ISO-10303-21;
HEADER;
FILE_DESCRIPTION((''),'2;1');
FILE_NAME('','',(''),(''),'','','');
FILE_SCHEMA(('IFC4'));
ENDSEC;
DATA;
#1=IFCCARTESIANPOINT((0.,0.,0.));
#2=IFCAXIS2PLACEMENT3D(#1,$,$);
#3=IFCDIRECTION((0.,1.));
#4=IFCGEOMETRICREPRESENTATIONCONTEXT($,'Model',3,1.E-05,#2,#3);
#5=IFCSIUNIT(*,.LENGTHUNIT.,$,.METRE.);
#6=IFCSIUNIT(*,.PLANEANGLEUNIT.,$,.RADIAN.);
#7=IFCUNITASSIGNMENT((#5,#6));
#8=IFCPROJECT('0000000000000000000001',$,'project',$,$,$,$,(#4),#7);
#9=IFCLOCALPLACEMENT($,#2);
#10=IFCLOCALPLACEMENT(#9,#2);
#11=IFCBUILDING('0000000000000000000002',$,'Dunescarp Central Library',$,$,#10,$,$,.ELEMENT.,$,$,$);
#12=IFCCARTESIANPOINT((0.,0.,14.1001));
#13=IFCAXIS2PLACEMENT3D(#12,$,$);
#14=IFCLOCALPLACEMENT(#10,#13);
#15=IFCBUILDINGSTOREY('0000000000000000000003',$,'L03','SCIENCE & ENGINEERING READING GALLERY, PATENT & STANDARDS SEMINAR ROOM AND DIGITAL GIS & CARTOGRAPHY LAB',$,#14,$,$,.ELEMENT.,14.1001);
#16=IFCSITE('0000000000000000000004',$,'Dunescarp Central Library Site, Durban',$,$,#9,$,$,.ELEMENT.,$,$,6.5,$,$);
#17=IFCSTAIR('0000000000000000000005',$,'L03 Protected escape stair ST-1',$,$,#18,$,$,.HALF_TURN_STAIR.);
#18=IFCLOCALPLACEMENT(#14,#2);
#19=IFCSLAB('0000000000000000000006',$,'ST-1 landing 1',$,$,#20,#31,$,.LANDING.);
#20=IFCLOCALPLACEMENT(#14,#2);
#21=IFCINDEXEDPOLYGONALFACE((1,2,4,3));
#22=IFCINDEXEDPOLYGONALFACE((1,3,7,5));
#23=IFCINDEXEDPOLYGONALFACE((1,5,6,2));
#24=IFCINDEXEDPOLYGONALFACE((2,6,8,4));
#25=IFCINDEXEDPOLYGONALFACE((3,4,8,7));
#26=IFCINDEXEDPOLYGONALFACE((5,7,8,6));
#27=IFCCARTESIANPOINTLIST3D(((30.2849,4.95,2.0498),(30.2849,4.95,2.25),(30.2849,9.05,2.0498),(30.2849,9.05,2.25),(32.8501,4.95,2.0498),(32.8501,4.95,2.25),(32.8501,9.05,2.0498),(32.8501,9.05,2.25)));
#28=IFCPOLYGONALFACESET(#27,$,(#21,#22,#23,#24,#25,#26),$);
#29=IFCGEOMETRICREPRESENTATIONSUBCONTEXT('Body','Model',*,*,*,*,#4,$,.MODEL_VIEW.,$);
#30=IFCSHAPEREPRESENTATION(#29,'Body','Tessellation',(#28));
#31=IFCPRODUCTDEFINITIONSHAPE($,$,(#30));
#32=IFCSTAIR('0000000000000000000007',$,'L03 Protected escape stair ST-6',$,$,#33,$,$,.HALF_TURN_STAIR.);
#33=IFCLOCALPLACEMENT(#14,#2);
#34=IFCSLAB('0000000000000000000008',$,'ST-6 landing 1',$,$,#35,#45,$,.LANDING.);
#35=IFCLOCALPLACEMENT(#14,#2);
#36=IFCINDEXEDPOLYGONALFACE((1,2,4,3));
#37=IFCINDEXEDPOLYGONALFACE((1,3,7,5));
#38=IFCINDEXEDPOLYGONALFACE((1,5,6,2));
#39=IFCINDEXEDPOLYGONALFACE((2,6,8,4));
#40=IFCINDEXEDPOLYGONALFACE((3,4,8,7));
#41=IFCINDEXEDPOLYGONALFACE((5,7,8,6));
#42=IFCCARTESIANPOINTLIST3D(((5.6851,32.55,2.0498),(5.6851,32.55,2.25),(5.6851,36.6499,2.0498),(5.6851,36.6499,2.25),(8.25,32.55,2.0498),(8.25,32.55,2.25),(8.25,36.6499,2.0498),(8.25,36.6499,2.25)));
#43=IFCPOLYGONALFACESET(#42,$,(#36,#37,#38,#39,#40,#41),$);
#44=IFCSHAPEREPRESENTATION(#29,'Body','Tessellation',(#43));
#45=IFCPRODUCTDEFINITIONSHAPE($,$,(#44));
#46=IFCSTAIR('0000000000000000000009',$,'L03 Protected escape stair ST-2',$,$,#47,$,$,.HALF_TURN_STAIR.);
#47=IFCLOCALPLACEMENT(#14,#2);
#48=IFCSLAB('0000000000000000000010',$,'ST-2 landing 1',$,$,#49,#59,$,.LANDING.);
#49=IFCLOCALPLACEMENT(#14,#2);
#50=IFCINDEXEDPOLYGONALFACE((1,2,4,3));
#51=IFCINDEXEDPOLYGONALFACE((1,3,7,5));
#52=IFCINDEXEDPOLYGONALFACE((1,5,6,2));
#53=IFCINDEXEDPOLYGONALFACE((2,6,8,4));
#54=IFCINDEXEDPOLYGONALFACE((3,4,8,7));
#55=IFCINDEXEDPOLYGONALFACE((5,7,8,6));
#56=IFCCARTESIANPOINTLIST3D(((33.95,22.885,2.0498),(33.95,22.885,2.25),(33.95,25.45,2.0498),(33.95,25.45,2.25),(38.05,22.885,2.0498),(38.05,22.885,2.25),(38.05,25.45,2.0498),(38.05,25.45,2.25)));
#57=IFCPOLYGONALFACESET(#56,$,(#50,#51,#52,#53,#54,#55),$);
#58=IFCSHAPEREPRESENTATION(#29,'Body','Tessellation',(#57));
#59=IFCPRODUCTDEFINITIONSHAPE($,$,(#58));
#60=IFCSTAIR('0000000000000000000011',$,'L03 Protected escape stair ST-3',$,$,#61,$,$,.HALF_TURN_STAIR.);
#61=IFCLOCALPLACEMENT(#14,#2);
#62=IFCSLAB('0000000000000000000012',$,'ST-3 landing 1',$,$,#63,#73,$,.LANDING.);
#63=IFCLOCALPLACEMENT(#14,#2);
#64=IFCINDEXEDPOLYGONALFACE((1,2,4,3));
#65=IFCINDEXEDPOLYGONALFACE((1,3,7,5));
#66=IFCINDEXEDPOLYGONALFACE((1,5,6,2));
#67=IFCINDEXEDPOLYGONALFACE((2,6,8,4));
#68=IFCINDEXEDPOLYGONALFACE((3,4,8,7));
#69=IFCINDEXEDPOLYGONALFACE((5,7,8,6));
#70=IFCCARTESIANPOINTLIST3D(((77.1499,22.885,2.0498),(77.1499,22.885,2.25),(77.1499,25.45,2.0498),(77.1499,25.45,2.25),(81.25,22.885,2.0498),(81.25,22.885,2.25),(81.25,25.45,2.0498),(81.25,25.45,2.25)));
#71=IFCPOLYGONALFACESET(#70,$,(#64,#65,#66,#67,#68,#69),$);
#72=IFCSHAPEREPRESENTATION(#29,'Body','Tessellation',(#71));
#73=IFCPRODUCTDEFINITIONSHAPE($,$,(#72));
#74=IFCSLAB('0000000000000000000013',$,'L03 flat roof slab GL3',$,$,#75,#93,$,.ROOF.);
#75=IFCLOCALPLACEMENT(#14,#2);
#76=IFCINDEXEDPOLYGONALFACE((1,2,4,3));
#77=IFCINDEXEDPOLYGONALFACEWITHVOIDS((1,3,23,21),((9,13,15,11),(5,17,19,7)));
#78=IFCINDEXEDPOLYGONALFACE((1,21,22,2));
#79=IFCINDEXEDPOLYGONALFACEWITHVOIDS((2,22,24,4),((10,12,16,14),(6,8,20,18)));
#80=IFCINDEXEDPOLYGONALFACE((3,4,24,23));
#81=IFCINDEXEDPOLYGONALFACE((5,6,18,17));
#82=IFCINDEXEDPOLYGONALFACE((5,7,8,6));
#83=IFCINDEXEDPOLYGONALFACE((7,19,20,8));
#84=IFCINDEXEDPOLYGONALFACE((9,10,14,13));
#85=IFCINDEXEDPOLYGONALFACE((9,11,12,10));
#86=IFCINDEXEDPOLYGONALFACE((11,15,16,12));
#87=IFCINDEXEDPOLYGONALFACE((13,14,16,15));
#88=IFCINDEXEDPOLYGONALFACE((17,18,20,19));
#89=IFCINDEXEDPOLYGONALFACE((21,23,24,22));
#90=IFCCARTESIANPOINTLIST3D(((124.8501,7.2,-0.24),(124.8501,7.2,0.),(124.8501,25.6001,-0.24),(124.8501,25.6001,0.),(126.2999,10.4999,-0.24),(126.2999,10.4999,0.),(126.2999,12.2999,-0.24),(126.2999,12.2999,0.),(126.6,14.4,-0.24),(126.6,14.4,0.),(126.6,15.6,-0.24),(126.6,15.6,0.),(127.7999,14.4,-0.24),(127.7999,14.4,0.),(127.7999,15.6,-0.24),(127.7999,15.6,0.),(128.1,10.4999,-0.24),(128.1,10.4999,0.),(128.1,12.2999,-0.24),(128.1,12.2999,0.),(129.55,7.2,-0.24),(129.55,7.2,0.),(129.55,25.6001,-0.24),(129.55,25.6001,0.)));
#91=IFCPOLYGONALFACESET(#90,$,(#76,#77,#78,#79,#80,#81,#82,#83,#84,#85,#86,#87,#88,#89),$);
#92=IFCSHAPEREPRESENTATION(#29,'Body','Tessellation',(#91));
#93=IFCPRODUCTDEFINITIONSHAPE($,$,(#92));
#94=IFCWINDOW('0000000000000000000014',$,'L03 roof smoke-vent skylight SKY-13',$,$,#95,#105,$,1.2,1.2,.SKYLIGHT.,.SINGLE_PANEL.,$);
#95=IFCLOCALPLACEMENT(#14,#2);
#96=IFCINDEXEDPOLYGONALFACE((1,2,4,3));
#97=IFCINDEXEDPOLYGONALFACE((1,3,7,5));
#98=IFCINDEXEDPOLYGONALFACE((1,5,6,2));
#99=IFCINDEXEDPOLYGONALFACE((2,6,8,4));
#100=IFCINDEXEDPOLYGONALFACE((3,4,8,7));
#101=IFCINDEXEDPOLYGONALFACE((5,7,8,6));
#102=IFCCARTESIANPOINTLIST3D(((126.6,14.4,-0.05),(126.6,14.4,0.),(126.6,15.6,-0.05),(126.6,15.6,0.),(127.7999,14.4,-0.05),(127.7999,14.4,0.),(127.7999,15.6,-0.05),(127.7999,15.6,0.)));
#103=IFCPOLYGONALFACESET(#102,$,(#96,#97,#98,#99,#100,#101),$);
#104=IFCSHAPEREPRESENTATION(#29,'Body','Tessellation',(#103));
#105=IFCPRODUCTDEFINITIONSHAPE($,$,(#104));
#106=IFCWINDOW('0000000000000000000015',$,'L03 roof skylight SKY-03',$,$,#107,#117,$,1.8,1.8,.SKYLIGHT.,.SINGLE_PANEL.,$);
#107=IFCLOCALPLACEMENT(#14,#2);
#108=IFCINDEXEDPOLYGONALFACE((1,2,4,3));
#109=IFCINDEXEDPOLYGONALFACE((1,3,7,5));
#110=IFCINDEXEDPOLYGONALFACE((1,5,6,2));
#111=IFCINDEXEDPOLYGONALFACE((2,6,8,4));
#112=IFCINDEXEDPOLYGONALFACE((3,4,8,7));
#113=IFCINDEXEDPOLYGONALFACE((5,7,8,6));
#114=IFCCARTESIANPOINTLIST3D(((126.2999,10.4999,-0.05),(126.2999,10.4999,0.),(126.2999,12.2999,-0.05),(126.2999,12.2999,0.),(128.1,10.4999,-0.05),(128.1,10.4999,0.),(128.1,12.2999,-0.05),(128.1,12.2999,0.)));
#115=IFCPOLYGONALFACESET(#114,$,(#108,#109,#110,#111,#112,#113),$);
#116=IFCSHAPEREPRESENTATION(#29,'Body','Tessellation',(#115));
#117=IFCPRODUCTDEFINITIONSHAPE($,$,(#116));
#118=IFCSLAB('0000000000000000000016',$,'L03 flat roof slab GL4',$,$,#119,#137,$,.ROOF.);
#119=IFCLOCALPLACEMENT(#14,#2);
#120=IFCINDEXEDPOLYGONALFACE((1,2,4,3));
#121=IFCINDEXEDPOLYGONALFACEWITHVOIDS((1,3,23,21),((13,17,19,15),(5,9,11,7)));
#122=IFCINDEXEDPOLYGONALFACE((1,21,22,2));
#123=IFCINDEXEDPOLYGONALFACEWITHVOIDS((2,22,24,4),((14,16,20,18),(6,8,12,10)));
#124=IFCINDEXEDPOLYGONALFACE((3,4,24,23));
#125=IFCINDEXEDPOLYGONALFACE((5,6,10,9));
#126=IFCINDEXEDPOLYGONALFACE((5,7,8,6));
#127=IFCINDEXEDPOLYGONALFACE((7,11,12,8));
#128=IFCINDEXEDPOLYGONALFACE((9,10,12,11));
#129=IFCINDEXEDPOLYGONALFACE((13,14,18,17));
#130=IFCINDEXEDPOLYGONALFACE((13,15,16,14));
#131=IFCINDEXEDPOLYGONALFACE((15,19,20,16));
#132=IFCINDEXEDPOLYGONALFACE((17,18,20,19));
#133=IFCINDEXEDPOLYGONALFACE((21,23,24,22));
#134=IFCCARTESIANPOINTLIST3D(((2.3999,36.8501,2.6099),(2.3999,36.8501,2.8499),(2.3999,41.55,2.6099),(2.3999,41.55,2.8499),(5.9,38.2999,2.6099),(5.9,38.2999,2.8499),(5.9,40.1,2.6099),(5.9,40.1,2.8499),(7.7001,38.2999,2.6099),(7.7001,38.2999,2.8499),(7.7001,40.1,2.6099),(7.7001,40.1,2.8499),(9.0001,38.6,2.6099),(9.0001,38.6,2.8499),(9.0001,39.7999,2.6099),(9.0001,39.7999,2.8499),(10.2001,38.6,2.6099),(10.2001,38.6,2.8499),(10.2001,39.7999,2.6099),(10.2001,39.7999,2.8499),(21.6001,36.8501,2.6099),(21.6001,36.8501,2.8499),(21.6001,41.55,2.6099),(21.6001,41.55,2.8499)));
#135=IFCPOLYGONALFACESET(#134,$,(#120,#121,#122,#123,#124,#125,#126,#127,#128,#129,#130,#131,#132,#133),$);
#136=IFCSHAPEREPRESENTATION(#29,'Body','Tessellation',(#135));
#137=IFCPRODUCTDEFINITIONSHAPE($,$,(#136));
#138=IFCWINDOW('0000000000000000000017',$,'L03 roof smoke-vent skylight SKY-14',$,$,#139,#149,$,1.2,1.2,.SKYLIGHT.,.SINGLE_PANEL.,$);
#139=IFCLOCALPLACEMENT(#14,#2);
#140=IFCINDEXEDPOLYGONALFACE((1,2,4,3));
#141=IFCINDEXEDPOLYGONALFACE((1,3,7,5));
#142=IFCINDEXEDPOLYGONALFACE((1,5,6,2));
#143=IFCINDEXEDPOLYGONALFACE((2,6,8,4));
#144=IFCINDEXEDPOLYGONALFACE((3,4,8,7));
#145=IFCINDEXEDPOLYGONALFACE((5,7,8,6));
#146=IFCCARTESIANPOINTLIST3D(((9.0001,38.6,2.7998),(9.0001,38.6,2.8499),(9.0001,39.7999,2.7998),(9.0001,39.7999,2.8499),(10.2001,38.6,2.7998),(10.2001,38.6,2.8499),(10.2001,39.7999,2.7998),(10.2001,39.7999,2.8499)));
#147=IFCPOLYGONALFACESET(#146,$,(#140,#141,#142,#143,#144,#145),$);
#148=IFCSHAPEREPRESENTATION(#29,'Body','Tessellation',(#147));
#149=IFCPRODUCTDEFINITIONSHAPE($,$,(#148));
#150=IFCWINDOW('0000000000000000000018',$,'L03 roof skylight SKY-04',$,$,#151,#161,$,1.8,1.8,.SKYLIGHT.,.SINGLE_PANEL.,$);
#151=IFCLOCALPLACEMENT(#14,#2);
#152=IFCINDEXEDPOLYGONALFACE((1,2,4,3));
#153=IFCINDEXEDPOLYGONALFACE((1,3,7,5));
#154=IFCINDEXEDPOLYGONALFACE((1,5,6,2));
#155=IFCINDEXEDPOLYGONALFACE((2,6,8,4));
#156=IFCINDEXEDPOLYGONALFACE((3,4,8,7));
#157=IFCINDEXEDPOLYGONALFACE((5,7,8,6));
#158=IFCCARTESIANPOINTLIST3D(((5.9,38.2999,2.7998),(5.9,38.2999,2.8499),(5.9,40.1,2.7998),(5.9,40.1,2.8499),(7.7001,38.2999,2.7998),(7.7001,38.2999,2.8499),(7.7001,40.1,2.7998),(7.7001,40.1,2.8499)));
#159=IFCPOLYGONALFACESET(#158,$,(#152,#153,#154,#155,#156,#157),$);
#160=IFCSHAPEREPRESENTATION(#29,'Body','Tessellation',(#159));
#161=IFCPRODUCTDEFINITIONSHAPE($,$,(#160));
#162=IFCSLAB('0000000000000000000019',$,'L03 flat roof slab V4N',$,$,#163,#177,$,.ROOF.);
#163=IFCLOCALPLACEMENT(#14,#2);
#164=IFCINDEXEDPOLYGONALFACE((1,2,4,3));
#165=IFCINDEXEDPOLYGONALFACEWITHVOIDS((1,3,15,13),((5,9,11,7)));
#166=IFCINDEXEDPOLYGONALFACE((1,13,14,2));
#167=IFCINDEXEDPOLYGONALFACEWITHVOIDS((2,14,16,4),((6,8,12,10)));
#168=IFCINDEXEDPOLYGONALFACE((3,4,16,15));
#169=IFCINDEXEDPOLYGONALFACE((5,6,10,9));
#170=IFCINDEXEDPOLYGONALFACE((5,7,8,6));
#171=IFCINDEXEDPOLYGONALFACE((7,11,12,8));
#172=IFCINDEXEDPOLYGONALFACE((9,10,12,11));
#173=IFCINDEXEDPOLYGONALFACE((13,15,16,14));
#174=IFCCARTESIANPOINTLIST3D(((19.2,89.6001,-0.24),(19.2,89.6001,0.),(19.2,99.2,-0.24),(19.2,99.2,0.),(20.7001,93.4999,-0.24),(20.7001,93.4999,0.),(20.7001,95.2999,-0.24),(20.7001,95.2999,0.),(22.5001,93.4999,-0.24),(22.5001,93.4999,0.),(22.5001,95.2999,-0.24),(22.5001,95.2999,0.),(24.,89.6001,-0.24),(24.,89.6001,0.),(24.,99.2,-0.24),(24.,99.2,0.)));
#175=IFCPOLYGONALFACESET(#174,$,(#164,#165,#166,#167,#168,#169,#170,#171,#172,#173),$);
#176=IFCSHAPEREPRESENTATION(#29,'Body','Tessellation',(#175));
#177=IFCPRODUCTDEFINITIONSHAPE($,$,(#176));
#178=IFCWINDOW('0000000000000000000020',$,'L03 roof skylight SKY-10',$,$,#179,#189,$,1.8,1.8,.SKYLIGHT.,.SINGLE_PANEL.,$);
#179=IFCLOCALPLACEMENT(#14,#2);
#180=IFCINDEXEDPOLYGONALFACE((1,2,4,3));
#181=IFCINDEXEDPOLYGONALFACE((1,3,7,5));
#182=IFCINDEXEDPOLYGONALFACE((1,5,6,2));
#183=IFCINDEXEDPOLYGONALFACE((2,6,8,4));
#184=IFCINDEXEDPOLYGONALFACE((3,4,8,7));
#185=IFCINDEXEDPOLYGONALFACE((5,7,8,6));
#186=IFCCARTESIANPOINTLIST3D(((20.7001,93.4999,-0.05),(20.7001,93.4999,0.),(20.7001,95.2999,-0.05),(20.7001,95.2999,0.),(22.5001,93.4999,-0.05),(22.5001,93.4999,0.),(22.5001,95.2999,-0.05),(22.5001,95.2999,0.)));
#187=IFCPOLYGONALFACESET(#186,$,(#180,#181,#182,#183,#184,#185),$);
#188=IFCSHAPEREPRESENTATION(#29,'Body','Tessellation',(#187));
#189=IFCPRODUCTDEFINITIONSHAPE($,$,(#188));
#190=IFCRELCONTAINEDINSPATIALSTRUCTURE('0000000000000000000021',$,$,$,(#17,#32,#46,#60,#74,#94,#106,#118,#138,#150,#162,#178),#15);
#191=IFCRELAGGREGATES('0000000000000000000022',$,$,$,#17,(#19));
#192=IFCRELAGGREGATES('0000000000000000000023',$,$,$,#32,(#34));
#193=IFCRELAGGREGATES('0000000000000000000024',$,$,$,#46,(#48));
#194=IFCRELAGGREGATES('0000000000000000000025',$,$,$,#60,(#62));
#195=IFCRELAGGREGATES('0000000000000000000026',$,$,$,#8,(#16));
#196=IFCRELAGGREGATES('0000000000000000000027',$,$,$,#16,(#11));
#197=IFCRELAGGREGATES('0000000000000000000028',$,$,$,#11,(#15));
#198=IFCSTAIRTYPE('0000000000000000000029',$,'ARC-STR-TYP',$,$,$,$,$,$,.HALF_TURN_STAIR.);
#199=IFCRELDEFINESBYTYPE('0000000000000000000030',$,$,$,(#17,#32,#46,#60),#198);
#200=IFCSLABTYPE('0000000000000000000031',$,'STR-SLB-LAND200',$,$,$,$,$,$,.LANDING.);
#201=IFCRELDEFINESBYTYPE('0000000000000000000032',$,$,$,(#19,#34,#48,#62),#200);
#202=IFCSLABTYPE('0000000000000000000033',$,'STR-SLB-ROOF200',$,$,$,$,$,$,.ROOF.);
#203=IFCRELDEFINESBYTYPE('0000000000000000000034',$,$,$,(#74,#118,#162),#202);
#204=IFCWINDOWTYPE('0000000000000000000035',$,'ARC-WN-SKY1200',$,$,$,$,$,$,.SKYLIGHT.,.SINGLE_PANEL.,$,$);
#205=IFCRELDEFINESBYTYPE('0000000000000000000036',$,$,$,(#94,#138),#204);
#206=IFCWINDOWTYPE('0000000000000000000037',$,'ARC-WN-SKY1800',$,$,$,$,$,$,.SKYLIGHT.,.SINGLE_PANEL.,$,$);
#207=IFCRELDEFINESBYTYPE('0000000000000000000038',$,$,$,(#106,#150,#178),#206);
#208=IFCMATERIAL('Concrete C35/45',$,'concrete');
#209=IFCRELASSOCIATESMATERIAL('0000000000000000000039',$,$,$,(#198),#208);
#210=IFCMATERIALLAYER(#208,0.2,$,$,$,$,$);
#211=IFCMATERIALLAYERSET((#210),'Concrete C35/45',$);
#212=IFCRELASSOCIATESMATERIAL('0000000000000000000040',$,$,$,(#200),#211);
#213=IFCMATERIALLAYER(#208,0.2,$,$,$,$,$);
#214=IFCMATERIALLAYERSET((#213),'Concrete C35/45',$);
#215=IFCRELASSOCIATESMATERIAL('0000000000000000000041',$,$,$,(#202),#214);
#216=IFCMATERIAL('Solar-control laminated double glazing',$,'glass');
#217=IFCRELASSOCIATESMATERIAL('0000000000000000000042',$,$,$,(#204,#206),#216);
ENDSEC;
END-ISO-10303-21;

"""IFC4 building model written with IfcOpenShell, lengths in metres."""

from ifc_helpers import new_model, si_unit, direction, frame, origin, origin_2d, place, context, subcontext, project, spatial, polyline, rectangle, outline, extrude, material, layer, layer_set, type_object, element, fill, aggregate, save


model = new_model("IFC4")

# Units and contexts
model_context = context("Model", 3, precision=1e-05, world=origin(), true_north=direction((0.0, 1.0)))
body_context = subcontext(model_context, "Body", "Model", "MODEL_VIEW")
ifc_project = project(units=[si_unit("LENGTHUNIT", "METRE"), si_unit("PLANEANGLEUNIT", "RADIAN")], contexts=[model_context])

# Site, building, storey
site_placement = place(None, origin())
site = spatial("IfcSite", under=ifc_project, at=site_placement, Name="Dunescarp Central Library Site, Durban", CompositionType="ELEMENT", RefElevation=6.5)
building_placement = place(site_placement, origin())
building = spatial("IfcBuilding", under=site, at=building_placement, Name="Dunescarp Central Library", CompositionType="ELEMENT")
storey_placement = place(building_placement, frame((0.0, 0.0, 14.1001)))
storey = spatial("IfcBuildingStorey", under=building, at=storey_placement, Name="L03", Description="SCIENCE & ENGINEERING READING GALLERY, PATENT & STANDARDS SEMINAR ROOM AND DIGITAL GIS & CARTOGRAPHY LAB", CompositionType="ELEMENT", Elevation=14.1001)

# Stairs, slabs
ifc_material_1 = material(Name="Concrete C35/45", Category="concrete")
stair_type = type_object("IfcStairType", Name="ARC-STR-TYP", PredefinedType="HALF_TURN_STAIR", material=ifc_material_1)
stair_1_placement = place(storey_placement, origin())
stair_1 = element("IfcStair", 1, at=stair_1_placement, inside=storey, type_object=stair_type, Name="L03 Protected escape stair ST-1", PredefinedType="HALF_TURN_STAIR")
ifc_layer_1 = layer(ifc_material_1, 0.2)
ifc_layer_set_1 = layer_set([ifc_layer_1], Name="Concrete C35/45")
slab_type_1 = type_object("IfcSlabType", Name="STR-SLB-LAND200", PredefinedType="LANDING", material=ifc_layer_set_1)
slab_1_placement = place(storey_placement, frame((0.0, 0.0, 2.0498)))
slab_1 = element("IfcSlab", 2, at=slab_1_placement, type_object=slab_type_1, Name="ST-1 landing 1", PredefinedType="LANDING", context=body_context, shape_type="SweptSolid", body=[
    extrude(outline(polyline([(30.2849, 4.95), (32.8501, 4.95), (32.8501, 9.05), (30.2849, 9.05), (30.2849, 4.95)])), origin(), (0.0, 0.0, 1.0), 0.2002),
])
aggregate(stair_1, [slab_1])
stair_2_placement = place(storey_placement, origin())
stair_2 = element("IfcStair", 3, at=stair_2_placement, inside=storey, type_object=stair_type, Name="L03 Protected escape stair ST-6", PredefinedType="HALF_TURN_STAIR")
slab_2_placement = place(storey_placement, frame((0.0, 0.0, 2.0498)))
slab_2 = element("IfcSlab", 4, at=slab_2_placement, type_object=slab_type_1, Name="ST-6 landing 1", PredefinedType="LANDING", context=body_context, shape_type="SweptSolid", body=[
    extrude(outline(polyline([(5.6851, 32.55), (8.25, 32.55), (8.25, 36.6499), (5.6851, 36.6499), (5.6851, 32.55)])), origin(), (0.0, 0.0, 1.0), 0.2002),
])
aggregate(stair_2, [slab_2])
stair_3_placement = place(storey_placement, origin())
stair_3 = element("IfcStair", 5, at=stair_3_placement, inside=storey, type_object=stair_type, Name="L03 Protected escape stair ST-2", PredefinedType="HALF_TURN_STAIR")
slab_3_placement = place(storey_placement, frame((0.0, 0.0, 2.0498)))
slab_3 = element("IfcSlab", 6, at=slab_3_placement, type_object=slab_type_1, Name="ST-2 landing 1", PredefinedType="LANDING", context=body_context, shape_type="SweptSolid", body=[
    extrude(outline(polyline([(33.95, 22.885), (38.05, 22.885), (38.05, 25.45), (33.95, 25.45), (33.95, 22.885)])), origin(), (0.0, 0.0, 1.0), 0.2002),
])
aggregate(stair_3, [slab_3])
stair_4_placement = place(storey_placement, origin())
stair_4 = element("IfcStair", 7, at=stair_4_placement, inside=storey, type_object=stair_type, Name="L03 Protected escape stair ST-3", PredefinedType="HALF_TURN_STAIR")
slab_4_placement = place(storey_placement, frame((0.0, 0.0, 2.0498)))
slab_4 = element("IfcSlab", 8, at=slab_4_placement, type_object=slab_type_1, Name="ST-3 landing 1", PredefinedType="LANDING", context=body_context, shape_type="SweptSolid", body=[
    extrude(outline(polyline([(77.1499, 22.885), (81.25, 22.885), (81.25, 25.45), (77.1499, 25.45), (77.1499, 22.885)])), origin(), (0.0, 0.0, 1.0), 0.2002),
])
aggregate(stair_4, [slab_4])

# Slabs, openings, windows
ifc_layer_2 = layer(ifc_material_1, 0.2)
ifc_layer_set_2 = layer_set([ifc_layer_2], Name="Concrete C35/45")
slab_type_2 = type_object("IfcSlabType", Name="STR-SLB-ROOF200", PredefinedType="ROOF", material=ifc_layer_set_2)
slab_5_placement = place(storey_placement, frame((0.0, 0.0, -0.24)))
slab_5 = element("IfcSlab", 9, at=slab_5_placement, inside=storey, type_object=slab_type_2, Name="L03 flat roof slab GL3", PredefinedType="ROOF", context=body_context, shape_type="SweptSolid", body=[
    extrude(outline(polyline([(124.8501, 7.2), (129.55, 7.2), (129.55, 25.6001), (124.8501, 25.6001), (124.8501, 7.2)])), origin(), (0.0, 0.0, 1.0), 0.24),
])
opening_1_placement = place(slab_5_placement, frame((127.2, 11.3999, -0.01)))
opening_1 = element("IfcOpeningElement", 10, at=opening_1_placement, cuts=slab_5, PredefinedType="OPENING", context=body_context, shape_type="SweptSolid", body=[
    extrude(rectangle(XDim=1.8, YDim=1.8, at=origin_2d()), origin(), (0.0, 0.0, 1.0), 0.26),
])
opening_2_placement = place(slab_5_placement, frame((127.2, 15.0, -0.01)))
opening_2 = element("IfcOpeningElement", 11, at=opening_2_placement, cuts=slab_5, PredefinedType="OPENING", context=body_context, shape_type="SweptSolid", body=[
    extrude(rectangle(XDim=1.2, YDim=1.2, at=origin_2d()), origin(), (0.0, 0.0, 1.0), 0.26),
])
ifc_material_2 = material(Name="Solar-control laminated double glazing", Category="glass")
window_type_1 = type_object("IfcWindowType", Name="ARC-WN-SKY1200", PartitioningType="SINGLE_PANEL", PredefinedType="SKYLIGHT", material=ifc_material_2)
window_1_placement = place(slab_5_placement, frame((127.2, 15.0, 0.1899)))
window_1 = element("IfcWindow", 12, at=window_1_placement, inside=storey, type_object=window_type_1, Name="L03 roof smoke-vent skylight SKY-13", OverallHeight=1.2, OverallWidth=1.2, PartitioningType="SINGLE_PANEL", PredefinedType="SKYLIGHT", context=body_context, shape_type="SweptSolid", body=[
    extrude(rectangle(XDim=1.2, YDim=1.2, at=origin_2d()), origin(), (0.0, 0.0, 1.0), 0.05),
])
fill(opening_2, window_1)
window_type_2 = type_object("IfcWindowType", Name="ARC-WN-SKY1800", PartitioningType="SINGLE_PANEL", PredefinedType="SKYLIGHT", material=ifc_material_2)
window_2_placement = place(slab_5_placement, frame((127.2, 11.3999, 0.1899)))
window_2 = element("IfcWindow", 13, at=window_2_placement, inside=storey, type_object=window_type_2, Name="L03 roof skylight SKY-03", OverallHeight=1.8, OverallWidth=1.8, PartitioningType="SINGLE_PANEL", PredefinedType="SKYLIGHT", context=body_context, shape_type="SweptSolid", body=[
    extrude(rectangle(XDim=1.8, YDim=1.8, at=origin_2d()), origin(), (0.0, 0.0, 1.0), 0.05),
])
fill(opening_1, window_2)
slab_6_placement = place(storey_placement, frame((0.0, 0.0, 2.6099)))
slab_6 = element("IfcSlab", 14, at=slab_6_placement, inside=storey, type_object=slab_type_2, Name="L03 flat roof slab GL4", PredefinedType="ROOF", context=body_context, shape_type="SweptSolid", body=[
    extrude(outline(polyline([(2.3999, 36.8501), (21.6001, 36.8501), (21.6001, 41.55), (2.3999, 41.55), (2.3999, 36.8501)])), origin(), (0.0, 0.0, 1.0), 0.24),
])
opening_3_placement = place(slab_6_placement, frame((6.8, 39.2, -0.01)))
opening_3 = element("IfcOpeningElement", 15, at=opening_3_placement, cuts=slab_6, PredefinedType="OPENING", context=body_context, shape_type="SweptSolid", body=[
    extrude(rectangle(XDim=1.8, YDim=1.8, at=origin_2d()), origin(), (0.0, 0.0, 1.0), 0.26),
])
opening_4_placement = place(slab_6_placement, frame((9.6001, 39.2, -0.01)))
opening_4 = element("IfcOpeningElement", 16, at=opening_4_placement, cuts=slab_6, PredefinedType="OPENING", context=body_context, shape_type="SweptSolid", body=[
    extrude(rectangle(XDim=1.2, YDim=1.2, at=origin_2d()), origin(), (0.0, 0.0, 1.0), 0.26),
])
window_3_placement = place(slab_6_placement, frame((9.6001, 39.2, 0.1899)))
window_3 = element("IfcWindow", 17, at=window_3_placement, inside=storey, type_object=window_type_1, Name="L03 roof smoke-vent skylight SKY-14", OverallHeight=1.2, OverallWidth=1.2, PartitioningType="SINGLE_PANEL", PredefinedType="SKYLIGHT", context=body_context, shape_type="SweptSolid", body=[
    extrude(rectangle(XDim=1.2, YDim=1.2, at=origin_2d()), origin(), (0.0, 0.0, 1.0), 0.05),
])
fill(opening_4, window_3)
window_4_placement = place(slab_6_placement, frame((6.8, 39.2, 0.1899)))
window_4 = element("IfcWindow", 18, at=window_4_placement, inside=storey, type_object=window_type_2, Name="L03 roof skylight SKY-04", OverallHeight=1.8, OverallWidth=1.8, PartitioningType="SINGLE_PANEL", PredefinedType="SKYLIGHT", context=body_context, shape_type="SweptSolid", body=[
    extrude(rectangle(XDim=1.8, YDim=1.8, at=origin_2d()), origin(), (0.0, 0.0, 1.0), 0.05),
])
fill(opening_3, window_4)

# Slab, opening, window
slab_7_placement = place(storey_placement, frame((0.0, 0.0, -0.24)))
slab_7 = element("IfcSlab", 19, at=slab_7_placement, inside=storey, type_object=slab_type_2, Name="L03 flat roof slab V4N", PredefinedType="ROOF", context=body_context, shape_type="SweptSolid", body=[
    extrude(outline(polyline([(19.2, 89.6001), (24.0, 89.6001), (24.0, 99.2), (19.2, 99.2), (19.2, 89.6001)])), origin(), (0.0, 0.0, 1.0), 0.24),
])
opening_5_placement = place(slab_7_placement, frame((21.6001, 94.3999, -0.01)))
opening_5 = element("IfcOpeningElement", 20, at=opening_5_placement, cuts=slab_7, PredefinedType="OPENING", context=body_context, shape_type="SweptSolid", body=[
    extrude(rectangle(XDim=1.8, YDim=1.8, at=origin_2d()), origin(), (0.0, 0.0, 1.0), 0.26),
])
window_5_placement = place(slab_7_placement, frame((21.6001, 94.3999, 0.1899)))
window_5 = element("IfcWindow", 21, at=window_5_placement, inside=storey, type_object=window_type_2, Name="L03 roof skylight SKY-10", OverallHeight=1.8, OverallWidth=1.8, PartitioningType="SINGLE_PANEL", PredefinedType="SKYLIGHT", context=body_context, shape_type="SweptSolid", body=[
    extrude(rectangle(XDim=1.8, YDim=1.8, at=origin_2d()), origin(), (0.0, 0.0, 1.0), 0.05),
])
fill(opening_5, window_5)

save(model, "model.ifc")
